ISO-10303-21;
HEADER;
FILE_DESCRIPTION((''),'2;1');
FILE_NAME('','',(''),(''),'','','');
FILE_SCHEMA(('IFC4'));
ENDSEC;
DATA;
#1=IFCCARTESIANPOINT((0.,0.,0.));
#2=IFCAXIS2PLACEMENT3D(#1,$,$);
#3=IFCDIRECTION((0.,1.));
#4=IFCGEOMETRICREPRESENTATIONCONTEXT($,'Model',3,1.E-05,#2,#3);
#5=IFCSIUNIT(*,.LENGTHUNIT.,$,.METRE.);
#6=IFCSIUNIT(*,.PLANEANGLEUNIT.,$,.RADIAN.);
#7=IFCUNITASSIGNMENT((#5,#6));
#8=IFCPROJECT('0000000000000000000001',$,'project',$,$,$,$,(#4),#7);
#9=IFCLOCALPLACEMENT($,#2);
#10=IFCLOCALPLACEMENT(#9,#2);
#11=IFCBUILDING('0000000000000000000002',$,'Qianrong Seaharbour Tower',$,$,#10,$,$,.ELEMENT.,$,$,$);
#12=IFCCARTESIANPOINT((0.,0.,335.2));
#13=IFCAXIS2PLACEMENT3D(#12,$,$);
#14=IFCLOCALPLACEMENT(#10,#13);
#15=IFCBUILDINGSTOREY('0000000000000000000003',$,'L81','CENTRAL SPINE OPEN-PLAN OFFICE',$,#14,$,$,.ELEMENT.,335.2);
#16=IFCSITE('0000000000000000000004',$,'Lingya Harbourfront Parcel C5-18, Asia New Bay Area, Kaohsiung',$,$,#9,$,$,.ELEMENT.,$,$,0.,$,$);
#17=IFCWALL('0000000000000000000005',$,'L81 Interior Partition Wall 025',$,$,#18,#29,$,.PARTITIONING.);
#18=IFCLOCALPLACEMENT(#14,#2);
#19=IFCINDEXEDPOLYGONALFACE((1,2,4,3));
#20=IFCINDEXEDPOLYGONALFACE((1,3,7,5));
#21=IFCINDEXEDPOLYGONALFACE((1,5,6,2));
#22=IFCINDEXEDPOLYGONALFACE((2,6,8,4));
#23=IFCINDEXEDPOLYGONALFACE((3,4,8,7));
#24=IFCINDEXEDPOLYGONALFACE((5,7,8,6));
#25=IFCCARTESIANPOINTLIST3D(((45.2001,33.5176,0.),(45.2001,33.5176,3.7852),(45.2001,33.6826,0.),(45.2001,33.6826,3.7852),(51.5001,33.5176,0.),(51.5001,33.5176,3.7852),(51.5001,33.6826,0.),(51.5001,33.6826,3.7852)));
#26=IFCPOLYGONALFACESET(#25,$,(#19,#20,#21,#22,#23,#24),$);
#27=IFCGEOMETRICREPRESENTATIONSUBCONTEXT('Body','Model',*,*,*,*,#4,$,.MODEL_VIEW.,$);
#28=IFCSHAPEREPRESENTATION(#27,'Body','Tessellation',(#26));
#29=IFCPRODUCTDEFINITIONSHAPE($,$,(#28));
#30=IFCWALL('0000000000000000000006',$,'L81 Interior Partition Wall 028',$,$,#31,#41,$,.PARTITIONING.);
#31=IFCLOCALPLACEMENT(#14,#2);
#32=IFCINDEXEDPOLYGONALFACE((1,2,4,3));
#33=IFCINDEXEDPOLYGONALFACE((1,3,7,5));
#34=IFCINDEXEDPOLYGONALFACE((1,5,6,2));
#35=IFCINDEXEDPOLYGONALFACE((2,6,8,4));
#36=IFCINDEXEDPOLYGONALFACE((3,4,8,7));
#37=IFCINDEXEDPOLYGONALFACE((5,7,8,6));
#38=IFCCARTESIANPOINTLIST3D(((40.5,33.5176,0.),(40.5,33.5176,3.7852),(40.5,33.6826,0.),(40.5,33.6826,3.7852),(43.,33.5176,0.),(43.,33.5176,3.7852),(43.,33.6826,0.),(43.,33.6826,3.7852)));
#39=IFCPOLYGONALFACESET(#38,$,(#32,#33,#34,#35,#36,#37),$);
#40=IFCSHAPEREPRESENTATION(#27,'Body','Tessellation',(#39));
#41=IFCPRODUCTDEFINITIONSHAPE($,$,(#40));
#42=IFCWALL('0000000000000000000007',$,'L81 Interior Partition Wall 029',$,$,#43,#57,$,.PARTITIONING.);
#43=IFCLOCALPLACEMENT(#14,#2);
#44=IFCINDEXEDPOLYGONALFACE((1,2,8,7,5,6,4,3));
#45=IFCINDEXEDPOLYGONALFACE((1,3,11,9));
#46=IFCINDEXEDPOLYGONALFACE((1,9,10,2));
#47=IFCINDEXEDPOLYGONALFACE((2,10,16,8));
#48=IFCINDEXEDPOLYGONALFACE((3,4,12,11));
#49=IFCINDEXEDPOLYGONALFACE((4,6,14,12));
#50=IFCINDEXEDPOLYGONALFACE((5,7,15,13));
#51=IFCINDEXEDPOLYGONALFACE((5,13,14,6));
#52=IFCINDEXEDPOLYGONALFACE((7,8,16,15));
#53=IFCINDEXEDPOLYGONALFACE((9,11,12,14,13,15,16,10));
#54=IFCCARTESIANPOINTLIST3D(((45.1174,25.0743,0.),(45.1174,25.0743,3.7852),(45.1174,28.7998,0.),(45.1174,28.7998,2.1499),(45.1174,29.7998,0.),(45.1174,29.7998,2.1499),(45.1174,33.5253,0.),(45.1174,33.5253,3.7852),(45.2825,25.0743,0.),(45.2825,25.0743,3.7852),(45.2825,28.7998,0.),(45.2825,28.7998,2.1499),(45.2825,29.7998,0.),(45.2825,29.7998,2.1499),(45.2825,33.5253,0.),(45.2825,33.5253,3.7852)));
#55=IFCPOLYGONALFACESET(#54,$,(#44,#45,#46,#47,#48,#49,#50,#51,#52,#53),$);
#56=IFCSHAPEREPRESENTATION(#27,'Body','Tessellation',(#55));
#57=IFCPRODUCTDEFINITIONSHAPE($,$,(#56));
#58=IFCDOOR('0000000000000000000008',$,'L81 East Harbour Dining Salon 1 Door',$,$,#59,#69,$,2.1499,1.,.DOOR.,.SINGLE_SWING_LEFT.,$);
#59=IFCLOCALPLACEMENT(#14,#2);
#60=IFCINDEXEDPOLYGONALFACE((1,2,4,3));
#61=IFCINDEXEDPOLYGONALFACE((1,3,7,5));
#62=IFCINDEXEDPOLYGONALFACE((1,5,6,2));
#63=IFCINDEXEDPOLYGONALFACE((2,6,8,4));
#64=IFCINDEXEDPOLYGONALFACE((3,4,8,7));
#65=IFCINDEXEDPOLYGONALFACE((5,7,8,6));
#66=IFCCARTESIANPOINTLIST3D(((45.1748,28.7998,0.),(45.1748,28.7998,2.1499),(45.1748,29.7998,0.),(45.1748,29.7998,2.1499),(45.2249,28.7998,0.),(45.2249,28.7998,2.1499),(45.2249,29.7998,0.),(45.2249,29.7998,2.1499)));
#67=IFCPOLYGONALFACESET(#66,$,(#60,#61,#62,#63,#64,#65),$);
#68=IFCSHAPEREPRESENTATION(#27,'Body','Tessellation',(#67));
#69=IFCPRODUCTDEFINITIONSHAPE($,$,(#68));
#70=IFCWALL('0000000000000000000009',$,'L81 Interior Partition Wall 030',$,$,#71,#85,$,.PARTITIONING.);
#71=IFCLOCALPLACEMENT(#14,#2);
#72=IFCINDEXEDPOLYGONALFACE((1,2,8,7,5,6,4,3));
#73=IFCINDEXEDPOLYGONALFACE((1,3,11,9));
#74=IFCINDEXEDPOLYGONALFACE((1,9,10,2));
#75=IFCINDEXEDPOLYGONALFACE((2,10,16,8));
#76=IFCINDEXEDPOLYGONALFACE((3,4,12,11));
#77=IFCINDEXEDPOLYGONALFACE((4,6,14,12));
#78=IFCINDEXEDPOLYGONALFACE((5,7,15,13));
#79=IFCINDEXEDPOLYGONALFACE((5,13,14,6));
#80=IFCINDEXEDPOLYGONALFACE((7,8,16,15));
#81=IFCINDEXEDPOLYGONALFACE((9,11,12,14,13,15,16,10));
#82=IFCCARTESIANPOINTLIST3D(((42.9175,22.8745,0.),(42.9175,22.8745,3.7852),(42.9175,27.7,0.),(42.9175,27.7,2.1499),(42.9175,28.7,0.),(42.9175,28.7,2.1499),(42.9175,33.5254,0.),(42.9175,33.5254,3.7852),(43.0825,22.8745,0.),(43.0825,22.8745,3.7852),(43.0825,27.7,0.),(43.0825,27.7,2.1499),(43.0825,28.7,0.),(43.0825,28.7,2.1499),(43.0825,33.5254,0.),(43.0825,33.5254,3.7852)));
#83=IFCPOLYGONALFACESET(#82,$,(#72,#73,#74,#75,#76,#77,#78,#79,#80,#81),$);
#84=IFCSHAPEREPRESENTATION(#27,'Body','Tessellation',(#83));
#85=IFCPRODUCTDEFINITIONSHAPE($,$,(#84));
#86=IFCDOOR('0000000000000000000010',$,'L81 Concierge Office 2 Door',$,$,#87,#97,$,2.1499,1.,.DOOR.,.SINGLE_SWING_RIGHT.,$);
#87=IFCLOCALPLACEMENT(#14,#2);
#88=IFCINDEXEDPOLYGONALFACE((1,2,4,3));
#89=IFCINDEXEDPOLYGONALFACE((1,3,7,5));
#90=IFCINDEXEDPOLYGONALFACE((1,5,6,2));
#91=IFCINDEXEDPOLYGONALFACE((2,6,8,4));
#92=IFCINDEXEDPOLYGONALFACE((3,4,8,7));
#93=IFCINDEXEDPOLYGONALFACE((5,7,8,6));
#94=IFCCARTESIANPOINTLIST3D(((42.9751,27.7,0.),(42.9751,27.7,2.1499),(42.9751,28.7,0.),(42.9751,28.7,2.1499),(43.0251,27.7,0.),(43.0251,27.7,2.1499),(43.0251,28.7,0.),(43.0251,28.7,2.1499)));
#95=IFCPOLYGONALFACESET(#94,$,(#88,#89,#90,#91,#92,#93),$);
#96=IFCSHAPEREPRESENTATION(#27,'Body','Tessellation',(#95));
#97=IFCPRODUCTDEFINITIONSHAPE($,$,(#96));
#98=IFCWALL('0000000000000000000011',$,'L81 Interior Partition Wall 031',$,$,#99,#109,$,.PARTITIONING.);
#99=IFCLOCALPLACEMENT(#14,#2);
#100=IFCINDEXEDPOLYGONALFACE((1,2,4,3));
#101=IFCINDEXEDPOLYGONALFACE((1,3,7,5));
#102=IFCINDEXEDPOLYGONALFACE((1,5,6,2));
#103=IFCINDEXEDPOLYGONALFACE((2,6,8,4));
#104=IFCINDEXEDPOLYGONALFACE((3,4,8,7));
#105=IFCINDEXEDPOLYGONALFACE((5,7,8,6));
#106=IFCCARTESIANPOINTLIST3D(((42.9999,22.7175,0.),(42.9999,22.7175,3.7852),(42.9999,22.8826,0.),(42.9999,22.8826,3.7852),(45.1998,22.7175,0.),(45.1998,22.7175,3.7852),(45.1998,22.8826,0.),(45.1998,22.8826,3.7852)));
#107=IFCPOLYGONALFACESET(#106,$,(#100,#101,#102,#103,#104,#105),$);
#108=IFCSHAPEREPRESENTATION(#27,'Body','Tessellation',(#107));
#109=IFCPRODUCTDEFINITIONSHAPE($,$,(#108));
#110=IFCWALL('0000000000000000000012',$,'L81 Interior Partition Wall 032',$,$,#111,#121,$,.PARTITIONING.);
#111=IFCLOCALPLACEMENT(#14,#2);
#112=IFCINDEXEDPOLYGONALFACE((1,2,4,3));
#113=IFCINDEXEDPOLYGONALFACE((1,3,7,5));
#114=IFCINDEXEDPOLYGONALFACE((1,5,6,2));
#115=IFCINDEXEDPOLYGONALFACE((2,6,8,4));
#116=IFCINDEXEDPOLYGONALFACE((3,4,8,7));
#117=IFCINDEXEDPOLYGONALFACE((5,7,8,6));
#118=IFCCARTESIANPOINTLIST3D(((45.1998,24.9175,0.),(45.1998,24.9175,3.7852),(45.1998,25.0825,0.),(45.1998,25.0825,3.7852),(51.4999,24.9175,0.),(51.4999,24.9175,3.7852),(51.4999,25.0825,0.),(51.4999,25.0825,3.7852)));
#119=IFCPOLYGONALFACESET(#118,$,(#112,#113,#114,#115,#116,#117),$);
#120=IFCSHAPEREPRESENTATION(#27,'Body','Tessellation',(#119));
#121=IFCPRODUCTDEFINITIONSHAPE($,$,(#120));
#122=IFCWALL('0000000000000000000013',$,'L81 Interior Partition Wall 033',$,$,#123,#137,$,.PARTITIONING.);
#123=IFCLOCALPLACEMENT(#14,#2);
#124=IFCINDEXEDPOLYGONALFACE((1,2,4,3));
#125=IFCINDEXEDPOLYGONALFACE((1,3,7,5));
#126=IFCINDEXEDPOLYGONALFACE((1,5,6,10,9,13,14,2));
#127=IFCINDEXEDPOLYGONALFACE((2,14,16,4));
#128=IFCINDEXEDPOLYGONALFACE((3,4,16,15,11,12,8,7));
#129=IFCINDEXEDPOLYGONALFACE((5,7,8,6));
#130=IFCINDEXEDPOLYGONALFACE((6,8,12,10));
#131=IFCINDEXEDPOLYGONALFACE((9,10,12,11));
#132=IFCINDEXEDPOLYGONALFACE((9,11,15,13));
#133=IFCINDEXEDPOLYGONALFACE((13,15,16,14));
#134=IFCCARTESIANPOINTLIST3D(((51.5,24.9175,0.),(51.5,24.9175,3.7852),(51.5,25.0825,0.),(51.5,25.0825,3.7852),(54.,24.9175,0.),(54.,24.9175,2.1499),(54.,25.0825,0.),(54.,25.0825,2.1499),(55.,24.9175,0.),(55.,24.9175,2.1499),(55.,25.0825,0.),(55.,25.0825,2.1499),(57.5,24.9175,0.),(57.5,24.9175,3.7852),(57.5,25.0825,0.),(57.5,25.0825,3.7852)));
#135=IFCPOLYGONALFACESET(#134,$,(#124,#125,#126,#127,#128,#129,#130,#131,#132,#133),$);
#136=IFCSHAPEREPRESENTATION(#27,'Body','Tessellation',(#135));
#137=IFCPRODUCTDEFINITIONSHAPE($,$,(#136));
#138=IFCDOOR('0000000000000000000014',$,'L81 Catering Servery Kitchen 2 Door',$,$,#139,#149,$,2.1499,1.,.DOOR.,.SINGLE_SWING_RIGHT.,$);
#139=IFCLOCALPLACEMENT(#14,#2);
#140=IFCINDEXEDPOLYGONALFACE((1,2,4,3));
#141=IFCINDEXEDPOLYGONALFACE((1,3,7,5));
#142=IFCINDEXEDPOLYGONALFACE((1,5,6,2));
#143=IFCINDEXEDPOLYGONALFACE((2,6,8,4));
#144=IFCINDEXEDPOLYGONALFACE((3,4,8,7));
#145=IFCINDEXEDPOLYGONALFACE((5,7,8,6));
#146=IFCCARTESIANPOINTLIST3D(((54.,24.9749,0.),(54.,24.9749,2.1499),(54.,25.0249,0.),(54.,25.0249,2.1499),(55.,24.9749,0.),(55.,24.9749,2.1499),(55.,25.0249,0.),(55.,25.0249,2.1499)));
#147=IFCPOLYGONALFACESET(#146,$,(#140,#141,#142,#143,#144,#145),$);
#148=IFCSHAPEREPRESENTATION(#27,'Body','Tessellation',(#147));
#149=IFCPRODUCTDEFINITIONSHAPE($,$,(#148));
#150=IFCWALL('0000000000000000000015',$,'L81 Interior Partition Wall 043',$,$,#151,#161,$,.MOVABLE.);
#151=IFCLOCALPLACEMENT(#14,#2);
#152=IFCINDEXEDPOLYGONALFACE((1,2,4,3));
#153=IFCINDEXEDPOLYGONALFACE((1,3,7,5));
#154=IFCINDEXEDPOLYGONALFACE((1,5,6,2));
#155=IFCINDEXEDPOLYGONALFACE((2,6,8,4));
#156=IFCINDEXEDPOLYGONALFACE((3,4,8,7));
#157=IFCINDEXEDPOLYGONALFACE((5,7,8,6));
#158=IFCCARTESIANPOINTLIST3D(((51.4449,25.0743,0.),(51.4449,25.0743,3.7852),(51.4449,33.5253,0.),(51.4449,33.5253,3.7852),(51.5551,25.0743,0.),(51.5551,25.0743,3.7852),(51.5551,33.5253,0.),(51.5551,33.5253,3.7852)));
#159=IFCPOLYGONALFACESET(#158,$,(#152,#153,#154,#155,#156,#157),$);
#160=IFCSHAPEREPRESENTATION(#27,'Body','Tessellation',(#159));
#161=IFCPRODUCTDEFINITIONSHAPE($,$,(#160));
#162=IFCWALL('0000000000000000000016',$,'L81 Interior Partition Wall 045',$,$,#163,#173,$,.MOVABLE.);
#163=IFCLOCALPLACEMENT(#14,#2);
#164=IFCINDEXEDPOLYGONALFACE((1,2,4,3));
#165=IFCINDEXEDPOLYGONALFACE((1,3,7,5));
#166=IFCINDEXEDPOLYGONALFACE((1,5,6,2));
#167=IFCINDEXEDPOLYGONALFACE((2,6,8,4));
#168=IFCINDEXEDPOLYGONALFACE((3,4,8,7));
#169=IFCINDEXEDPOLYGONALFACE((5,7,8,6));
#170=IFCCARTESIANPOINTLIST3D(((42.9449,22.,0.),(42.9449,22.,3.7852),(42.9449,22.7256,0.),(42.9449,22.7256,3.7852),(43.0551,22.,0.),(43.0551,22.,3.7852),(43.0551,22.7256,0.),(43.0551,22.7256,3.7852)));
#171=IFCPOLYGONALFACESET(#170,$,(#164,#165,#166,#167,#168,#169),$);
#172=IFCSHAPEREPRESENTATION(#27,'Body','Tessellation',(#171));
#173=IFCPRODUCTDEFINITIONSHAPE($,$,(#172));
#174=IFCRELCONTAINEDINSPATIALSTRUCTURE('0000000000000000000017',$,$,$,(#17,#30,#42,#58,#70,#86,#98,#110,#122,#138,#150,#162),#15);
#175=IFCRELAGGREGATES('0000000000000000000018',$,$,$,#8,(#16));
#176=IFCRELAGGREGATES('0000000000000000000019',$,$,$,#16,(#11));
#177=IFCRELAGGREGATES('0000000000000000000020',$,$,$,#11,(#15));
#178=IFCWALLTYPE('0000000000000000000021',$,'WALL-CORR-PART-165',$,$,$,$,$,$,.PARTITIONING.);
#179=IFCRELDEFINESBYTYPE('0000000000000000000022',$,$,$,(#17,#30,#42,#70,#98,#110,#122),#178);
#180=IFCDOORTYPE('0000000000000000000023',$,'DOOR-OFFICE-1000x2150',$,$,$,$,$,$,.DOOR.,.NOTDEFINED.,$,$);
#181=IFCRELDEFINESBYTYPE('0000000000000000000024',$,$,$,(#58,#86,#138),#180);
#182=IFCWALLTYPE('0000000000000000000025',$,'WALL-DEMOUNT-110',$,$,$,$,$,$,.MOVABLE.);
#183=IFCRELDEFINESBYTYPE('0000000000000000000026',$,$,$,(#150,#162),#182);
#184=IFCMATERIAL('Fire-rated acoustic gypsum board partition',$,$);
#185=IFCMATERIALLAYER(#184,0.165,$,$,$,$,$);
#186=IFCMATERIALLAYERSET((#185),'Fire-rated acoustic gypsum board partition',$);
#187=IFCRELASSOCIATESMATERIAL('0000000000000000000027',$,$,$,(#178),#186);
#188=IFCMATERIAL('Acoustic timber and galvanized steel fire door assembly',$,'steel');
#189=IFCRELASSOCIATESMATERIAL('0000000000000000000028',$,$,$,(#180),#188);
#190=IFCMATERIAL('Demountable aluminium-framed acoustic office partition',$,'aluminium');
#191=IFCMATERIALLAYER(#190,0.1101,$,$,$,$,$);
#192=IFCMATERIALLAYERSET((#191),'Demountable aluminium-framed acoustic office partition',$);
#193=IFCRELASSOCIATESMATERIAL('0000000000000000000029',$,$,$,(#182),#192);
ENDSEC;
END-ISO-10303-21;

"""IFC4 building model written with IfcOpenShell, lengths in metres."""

from ifc_helpers import new_model, si_unit, direction, frame, frame_2d, origin, place, context, subcontext, project, spatial, rectangle, extrude, material, layer, layer_set, type_object, element, fill, save


model = new_model("IFC4")

# Units and contexts
model_context = context("Model", 3, precision=1e-05, world=origin(), true_north=direction((0.0, 1.0)))
body_context = subcontext(model_context, "Body", "Model", "MODEL_VIEW")
ifc_project = project(units=[si_unit("LENGTHUNIT", "METRE"), si_unit("PLANEANGLEUNIT", "RADIAN")], contexts=[model_context])

# Site, building, storey
site_placement = place(None, origin())
site = spatial("IfcSite", under=ifc_project, at=site_placement, Name="Lingya Harbourfront Parcel C5-18, Asia New Bay Area, Kaohsiung", CompositionType="ELEMENT", RefElevation=0.0)
building_placement = place(site_placement, origin())
building = spatial("IfcBuilding", under=site, at=building_placement, Name="Qianrong Seaharbour Tower", CompositionType="ELEMENT")
storey_placement = place(building_placement, frame((0.0, 0.0, 335.2)))
storey = spatial("IfcBuildingStorey", under=building, at=storey_placement, Name="L81", Description="CENTRAL SPINE OPEN-PLAN OFFICE", CompositionType="ELEMENT", Elevation=335.2)

# Walls
ifc_material_1 = material(Name="Fire-rated acoustic gypsum board partition")
ifc_layer_1 = layer(ifc_material_1, 0.165)
ifc_layer_set_1 = layer_set([ifc_layer_1], Name="Fire-rated acoustic gypsum board partition")
wall_type_1 = type_object("IfcWallType", Name="WALL-CORR-PART-165", PredefinedType="PARTITIONING", material=ifc_layer_set_1)
wall_1_placement = place(storey_placement, frame((51.5, 33.6001, 0.0), z_axis=(0.0, 0.0, 1.0), x_axis=(-1.0, 0.0, 0.0)))
element("IfcWall", 1, at=wall_1_placement, inside=storey, type_object=wall_type_1, Name="L81 Interior Partition Wall 025", PredefinedType="PARTITIONING", context=body_context, shape_type="SweptSolid", body=[
    extrude(rectangle(XDim=6.3, YDim=0.165, at=frame_2d((3.1499, 0.0))), origin(), (0.0, 0.0, 1.0), 3.7852),
])
wall_2_placement = place(storey_placement, frame((43.0, 33.6001, 0.0), z_axis=(0.0, 0.0, 1.0), x_axis=(-1.0, 0.0, 0.0)))
element("IfcWall", 2, at=wall_2_placement, inside=storey, type_object=wall_type_1, Name="L81 Interior Partition Wall 028", PredefinedType="PARTITIONING", context=body_context, shape_type="SweptSolid", body=[
    extrude(rectangle(XDim=2.5, YDim=0.165, at=frame_2d((1.25, 0.0))), origin(), (0.0, 0.0, 1.0), 3.7852),
])

# Walls, openings, doors
wall_3_placement = place(storey_placement, frame((45.2, 33.5254, 0.0), z_axis=(0.0, 0.0, 1.0), x_axis=(0.0, -1.0, 0.0)))
wall_3 = element("IfcWall", 3, at=wall_3_placement, inside=storey, type_object=wall_type_1, Name="L81 Interior Partition Wall 029", PredefinedType="PARTITIONING", context=body_context, shape_type="SweptSolid", body=[
    extrude(rectangle(XDim=8.4509, YDim=0.165, at=frame_2d((4.2256, 0.0))), origin(), (0.0, 0.0, 1.0), 3.7852),
])
opening_1_placement = place(wall_3_placement, frame((3.7256, 0.0, 0.0)))
opening_1 = element("IfcOpeningElement", 4, at=opening_1_placement, cuts=wall_3, PredefinedType="OPENING", context=body_context, shape_type="SweptSolid", body=[
    extrude(rectangle(XDim=1.0, YDim=2.1499, at=frame_2d((0.5, 1.075))), frame((0.0, 0.0925, 0.0), z_axis=(0.0, -1.0, 0.0), x_axis=(1.0, 0.0, 0.0)), (0.0, 0.0, 1.0), 0.1851),
])
ifc_material_2 = material(Name="Acoustic timber and galvanized steel fire door assembly", Category="steel")
door_type = type_object("IfcDoorType", Name="DOOR-OFFICE-1000x2150", OperationType="NOTDEFINED", PredefinedType="DOOR", material=ifc_material_2)
door_1_placement = place(opening_1_placement, origin())
door_1 = element("IfcDoor", 5, at=door_1_placement, inside=storey, type_object=door_type, Name="L81 East Harbour Dining Salon 1 Door", OperationType="SINGLE_SWING_LEFT", OverallHeight=2.1499, OverallWidth=1.0, PredefinedType="DOOR", context=body_context, shape_type="SweptSolid", body=[
    extrude(rectangle(XDim=1.0, YDim=2.1499, at=frame_2d((0.5, 1.075))), frame((0.0, 0.0249, 0.0), z_axis=(0.0, -1.0, 0.0), x_axis=(1.0, 0.0, 0.0)), (0.0, 0.0, 1.0), 0.05),
])
fill(opening_1, door_1)
wall_4_placement = place(storey_placement, frame((43.0, 22.8745, 0.0), z_axis=(0.0, 0.0, 1.0), x_axis=(0.0, 1.0, 0.0)))
wall_4 = element("IfcWall", 6, at=wall_4_placement, inside=storey, type_object=wall_type_1, Name="L81 Interior Partition Wall 030", PredefinedType="PARTITIONING", context=body_context, shape_type="SweptSolid", body=[
    extrude(rectangle(XDim=10.6509, YDim=0.165, at=frame_2d((5.3254, 0.0))), origin(), (0.0, 0.0, 1.0), 3.7852),
])
opening_2_placement = place(wall_4_placement, frame((4.8254, 0.0, 0.0)))
opening_2 = element("IfcOpeningElement", 7, at=opening_2_placement, cuts=wall_4, PredefinedType="OPENING", context=body_context, shape_type="SweptSolid", body=[
    extrude(rectangle(XDim=1.0, YDim=2.1499, at=frame_2d((0.5, 1.075))), frame((0.0, 0.0925, 0.0), z_axis=(0.0, -1.0, 0.0), x_axis=(1.0, 0.0, 0.0)), (0.0, 0.0, 1.0), 0.1851),
])
door_2_placement = place(opening_2_placement, origin())
door_2 = element("IfcDoor", 8, at=door_2_placement, inside=storey, type_object=door_type, Name="L81 Concierge Office 2 Door", OperationType="SINGLE_SWING_RIGHT", OverallHeight=2.1499, OverallWidth=1.0, PredefinedType="DOOR", context=body_context, shape_type="SweptSolid", body=[
    extrude(rectangle(XDim=1.0, YDim=2.1499, at=frame_2d((0.5, 1.075))), frame((0.0, 0.0249, 0.0), z_axis=(0.0, -1.0, 0.0), x_axis=(1.0, 0.0, 0.0)), (0.0, 0.0, 1.0), 0.05),
])
fill(opening_2, door_2)

# Walls
wall_5_placement = place(storey_placement, frame((45.2, 22.8, 0.0), z_axis=(0.0, 0.0, 1.0), x_axis=(-1.0, 0.0, 0.0)))
element("IfcWall", 9, at=wall_5_placement, inside=storey, type_object=wall_type_1, Name="L81 Interior Partition Wall 031", PredefinedType="PARTITIONING", context=body_context, shape_type="SweptSolid", body=[
    extrude(rectangle(XDim=2.2, YDim=0.165, at=frame_2d((1.1001, 0.0))), origin(), (0.0, 0.0, 1.0), 3.7852),
])
wall_6_placement = place(storey_placement, frame((45.2, 25.0, 0.0), z_axis=(0.0, 0.0, 1.0), x_axis=(1.0, 0.0, 0.0)))
element("IfcWall", 10, at=wall_6_placement, inside=storey, type_object=wall_type_1, Name="L81 Interior Partition Wall 032", PredefinedType="PARTITIONING", context=body_context, shape_type="SweptSolid", body=[
    extrude(rectangle(XDim=6.3, YDim=0.165, at=frame_2d((3.1499, 0.0))), origin(), (0.0, 0.0, 1.0), 3.7852),
])

# Wall, opening, door
wall_7_placement = place(storey_placement, frame((51.5, 25.0, 0.0), z_axis=(0.0, 0.0, 1.0), x_axis=(1.0, 0.0, 0.0)))
wall_7 = element("IfcWall", 11, at=wall_7_placement, inside=storey, type_object=wall_type_1, Name="L81 Interior Partition Wall 033", PredefinedType="PARTITIONING", context=body_context, shape_type="SweptSolid", body=[
    extrude(rectangle(XDim=6.0, YDim=0.165, at=frame_2d((3.0, 0.0))), origin(), (0.0, 0.0, 1.0), 3.7852),
])
opening_3_placement = place(wall_7_placement, frame((2.5, 0.0, 0.0)))
opening_3 = element("IfcOpeningElement", 12, at=opening_3_placement, cuts=wall_7, PredefinedType="OPENING", context=body_context, shape_type="SweptSolid", body=[
    extrude(rectangle(XDim=1.0, YDim=2.1499, at=frame_2d((0.5, 1.075))), frame((0.0, 0.0925, 0.0), z_axis=(0.0, -1.0, 0.0), x_axis=(1.0, 0.0, 0.0)), (0.0, 0.0, 1.0), 0.1851),
])
door_3_placement = place(opening_3_placement, origin())
door_3 = element("IfcDoor", 13, at=door_3_placement, inside=storey, type_object=door_type, Name="L81 Catering Servery Kitchen 2 Door", OperationType="SINGLE_SWING_RIGHT", OverallHeight=2.1499, OverallWidth=1.0, PredefinedType="DOOR", context=body_context, shape_type="SweptSolid", body=[
    extrude(rectangle(XDim=1.0, YDim=2.1499, at=frame_2d((0.5, 1.075))), frame((0.0, 0.0249, 0.0), z_axis=(0.0, -1.0, 0.0), x_axis=(1.0, 0.0, 0.0)), (0.0, 0.0, 1.0), 0.05),
])
fill(opening_3, door_3)

# Walls
ifc_material_3 = material(Name="Demountable aluminium-framed acoustic office partition", Category="aluminium")
ifc_layer_2 = layer(ifc_material_3, 0.1101)
ifc_layer_set_2 = layer_set([ifc_layer_2], Name="Demountable aluminium-framed acoustic office partition")
wall_type_2 = type_object("IfcWallType", Name="WALL-DEMOUNT-110", PredefinedType="MOVABLE", material=ifc_layer_set_2)
wall_8_placement = place(storey_placement, frame((51.5, 33.5254, 0.0), z_axis=(0.0, 0.0, 1.0), x_axis=(0.0, -1.0, 0.0)))
element("IfcWall", 14, at=wall_8_placement, inside=storey, type_object=wall_type_2, Name="L81 Interior Partition Wall 043", PredefinedType="MOVABLE", context=body_context, shape_type="SweptSolid", body=[
    extrude(rectangle(XDim=8.4509, YDim=0.1101, at=frame_2d((4.2256, 0.0))), origin(), (0.0, 0.0, 1.0), 3.7852),
])
wall_9_placement = place(storey_placement, frame((43.0, 22.7256, 0.0), z_axis=(0.0, 0.0, 1.0), x_axis=(0.0, -1.0, 0.0)))
element("IfcWall", 15, at=wall_9_placement, inside=storey, type_object=wall_type_2, Name="L81 Interior Partition Wall 045", PredefinedType="MOVABLE", context=body_context, shape_type="SweptSolid", body=[
    extrude(rectangle(XDim=0.7256, YDim=0.1101, at=frame_2d((0.3628, 0.0))), origin(), (0.0, 0.0, 1.0), 3.7852),
])

save(model, "model.ifc")
